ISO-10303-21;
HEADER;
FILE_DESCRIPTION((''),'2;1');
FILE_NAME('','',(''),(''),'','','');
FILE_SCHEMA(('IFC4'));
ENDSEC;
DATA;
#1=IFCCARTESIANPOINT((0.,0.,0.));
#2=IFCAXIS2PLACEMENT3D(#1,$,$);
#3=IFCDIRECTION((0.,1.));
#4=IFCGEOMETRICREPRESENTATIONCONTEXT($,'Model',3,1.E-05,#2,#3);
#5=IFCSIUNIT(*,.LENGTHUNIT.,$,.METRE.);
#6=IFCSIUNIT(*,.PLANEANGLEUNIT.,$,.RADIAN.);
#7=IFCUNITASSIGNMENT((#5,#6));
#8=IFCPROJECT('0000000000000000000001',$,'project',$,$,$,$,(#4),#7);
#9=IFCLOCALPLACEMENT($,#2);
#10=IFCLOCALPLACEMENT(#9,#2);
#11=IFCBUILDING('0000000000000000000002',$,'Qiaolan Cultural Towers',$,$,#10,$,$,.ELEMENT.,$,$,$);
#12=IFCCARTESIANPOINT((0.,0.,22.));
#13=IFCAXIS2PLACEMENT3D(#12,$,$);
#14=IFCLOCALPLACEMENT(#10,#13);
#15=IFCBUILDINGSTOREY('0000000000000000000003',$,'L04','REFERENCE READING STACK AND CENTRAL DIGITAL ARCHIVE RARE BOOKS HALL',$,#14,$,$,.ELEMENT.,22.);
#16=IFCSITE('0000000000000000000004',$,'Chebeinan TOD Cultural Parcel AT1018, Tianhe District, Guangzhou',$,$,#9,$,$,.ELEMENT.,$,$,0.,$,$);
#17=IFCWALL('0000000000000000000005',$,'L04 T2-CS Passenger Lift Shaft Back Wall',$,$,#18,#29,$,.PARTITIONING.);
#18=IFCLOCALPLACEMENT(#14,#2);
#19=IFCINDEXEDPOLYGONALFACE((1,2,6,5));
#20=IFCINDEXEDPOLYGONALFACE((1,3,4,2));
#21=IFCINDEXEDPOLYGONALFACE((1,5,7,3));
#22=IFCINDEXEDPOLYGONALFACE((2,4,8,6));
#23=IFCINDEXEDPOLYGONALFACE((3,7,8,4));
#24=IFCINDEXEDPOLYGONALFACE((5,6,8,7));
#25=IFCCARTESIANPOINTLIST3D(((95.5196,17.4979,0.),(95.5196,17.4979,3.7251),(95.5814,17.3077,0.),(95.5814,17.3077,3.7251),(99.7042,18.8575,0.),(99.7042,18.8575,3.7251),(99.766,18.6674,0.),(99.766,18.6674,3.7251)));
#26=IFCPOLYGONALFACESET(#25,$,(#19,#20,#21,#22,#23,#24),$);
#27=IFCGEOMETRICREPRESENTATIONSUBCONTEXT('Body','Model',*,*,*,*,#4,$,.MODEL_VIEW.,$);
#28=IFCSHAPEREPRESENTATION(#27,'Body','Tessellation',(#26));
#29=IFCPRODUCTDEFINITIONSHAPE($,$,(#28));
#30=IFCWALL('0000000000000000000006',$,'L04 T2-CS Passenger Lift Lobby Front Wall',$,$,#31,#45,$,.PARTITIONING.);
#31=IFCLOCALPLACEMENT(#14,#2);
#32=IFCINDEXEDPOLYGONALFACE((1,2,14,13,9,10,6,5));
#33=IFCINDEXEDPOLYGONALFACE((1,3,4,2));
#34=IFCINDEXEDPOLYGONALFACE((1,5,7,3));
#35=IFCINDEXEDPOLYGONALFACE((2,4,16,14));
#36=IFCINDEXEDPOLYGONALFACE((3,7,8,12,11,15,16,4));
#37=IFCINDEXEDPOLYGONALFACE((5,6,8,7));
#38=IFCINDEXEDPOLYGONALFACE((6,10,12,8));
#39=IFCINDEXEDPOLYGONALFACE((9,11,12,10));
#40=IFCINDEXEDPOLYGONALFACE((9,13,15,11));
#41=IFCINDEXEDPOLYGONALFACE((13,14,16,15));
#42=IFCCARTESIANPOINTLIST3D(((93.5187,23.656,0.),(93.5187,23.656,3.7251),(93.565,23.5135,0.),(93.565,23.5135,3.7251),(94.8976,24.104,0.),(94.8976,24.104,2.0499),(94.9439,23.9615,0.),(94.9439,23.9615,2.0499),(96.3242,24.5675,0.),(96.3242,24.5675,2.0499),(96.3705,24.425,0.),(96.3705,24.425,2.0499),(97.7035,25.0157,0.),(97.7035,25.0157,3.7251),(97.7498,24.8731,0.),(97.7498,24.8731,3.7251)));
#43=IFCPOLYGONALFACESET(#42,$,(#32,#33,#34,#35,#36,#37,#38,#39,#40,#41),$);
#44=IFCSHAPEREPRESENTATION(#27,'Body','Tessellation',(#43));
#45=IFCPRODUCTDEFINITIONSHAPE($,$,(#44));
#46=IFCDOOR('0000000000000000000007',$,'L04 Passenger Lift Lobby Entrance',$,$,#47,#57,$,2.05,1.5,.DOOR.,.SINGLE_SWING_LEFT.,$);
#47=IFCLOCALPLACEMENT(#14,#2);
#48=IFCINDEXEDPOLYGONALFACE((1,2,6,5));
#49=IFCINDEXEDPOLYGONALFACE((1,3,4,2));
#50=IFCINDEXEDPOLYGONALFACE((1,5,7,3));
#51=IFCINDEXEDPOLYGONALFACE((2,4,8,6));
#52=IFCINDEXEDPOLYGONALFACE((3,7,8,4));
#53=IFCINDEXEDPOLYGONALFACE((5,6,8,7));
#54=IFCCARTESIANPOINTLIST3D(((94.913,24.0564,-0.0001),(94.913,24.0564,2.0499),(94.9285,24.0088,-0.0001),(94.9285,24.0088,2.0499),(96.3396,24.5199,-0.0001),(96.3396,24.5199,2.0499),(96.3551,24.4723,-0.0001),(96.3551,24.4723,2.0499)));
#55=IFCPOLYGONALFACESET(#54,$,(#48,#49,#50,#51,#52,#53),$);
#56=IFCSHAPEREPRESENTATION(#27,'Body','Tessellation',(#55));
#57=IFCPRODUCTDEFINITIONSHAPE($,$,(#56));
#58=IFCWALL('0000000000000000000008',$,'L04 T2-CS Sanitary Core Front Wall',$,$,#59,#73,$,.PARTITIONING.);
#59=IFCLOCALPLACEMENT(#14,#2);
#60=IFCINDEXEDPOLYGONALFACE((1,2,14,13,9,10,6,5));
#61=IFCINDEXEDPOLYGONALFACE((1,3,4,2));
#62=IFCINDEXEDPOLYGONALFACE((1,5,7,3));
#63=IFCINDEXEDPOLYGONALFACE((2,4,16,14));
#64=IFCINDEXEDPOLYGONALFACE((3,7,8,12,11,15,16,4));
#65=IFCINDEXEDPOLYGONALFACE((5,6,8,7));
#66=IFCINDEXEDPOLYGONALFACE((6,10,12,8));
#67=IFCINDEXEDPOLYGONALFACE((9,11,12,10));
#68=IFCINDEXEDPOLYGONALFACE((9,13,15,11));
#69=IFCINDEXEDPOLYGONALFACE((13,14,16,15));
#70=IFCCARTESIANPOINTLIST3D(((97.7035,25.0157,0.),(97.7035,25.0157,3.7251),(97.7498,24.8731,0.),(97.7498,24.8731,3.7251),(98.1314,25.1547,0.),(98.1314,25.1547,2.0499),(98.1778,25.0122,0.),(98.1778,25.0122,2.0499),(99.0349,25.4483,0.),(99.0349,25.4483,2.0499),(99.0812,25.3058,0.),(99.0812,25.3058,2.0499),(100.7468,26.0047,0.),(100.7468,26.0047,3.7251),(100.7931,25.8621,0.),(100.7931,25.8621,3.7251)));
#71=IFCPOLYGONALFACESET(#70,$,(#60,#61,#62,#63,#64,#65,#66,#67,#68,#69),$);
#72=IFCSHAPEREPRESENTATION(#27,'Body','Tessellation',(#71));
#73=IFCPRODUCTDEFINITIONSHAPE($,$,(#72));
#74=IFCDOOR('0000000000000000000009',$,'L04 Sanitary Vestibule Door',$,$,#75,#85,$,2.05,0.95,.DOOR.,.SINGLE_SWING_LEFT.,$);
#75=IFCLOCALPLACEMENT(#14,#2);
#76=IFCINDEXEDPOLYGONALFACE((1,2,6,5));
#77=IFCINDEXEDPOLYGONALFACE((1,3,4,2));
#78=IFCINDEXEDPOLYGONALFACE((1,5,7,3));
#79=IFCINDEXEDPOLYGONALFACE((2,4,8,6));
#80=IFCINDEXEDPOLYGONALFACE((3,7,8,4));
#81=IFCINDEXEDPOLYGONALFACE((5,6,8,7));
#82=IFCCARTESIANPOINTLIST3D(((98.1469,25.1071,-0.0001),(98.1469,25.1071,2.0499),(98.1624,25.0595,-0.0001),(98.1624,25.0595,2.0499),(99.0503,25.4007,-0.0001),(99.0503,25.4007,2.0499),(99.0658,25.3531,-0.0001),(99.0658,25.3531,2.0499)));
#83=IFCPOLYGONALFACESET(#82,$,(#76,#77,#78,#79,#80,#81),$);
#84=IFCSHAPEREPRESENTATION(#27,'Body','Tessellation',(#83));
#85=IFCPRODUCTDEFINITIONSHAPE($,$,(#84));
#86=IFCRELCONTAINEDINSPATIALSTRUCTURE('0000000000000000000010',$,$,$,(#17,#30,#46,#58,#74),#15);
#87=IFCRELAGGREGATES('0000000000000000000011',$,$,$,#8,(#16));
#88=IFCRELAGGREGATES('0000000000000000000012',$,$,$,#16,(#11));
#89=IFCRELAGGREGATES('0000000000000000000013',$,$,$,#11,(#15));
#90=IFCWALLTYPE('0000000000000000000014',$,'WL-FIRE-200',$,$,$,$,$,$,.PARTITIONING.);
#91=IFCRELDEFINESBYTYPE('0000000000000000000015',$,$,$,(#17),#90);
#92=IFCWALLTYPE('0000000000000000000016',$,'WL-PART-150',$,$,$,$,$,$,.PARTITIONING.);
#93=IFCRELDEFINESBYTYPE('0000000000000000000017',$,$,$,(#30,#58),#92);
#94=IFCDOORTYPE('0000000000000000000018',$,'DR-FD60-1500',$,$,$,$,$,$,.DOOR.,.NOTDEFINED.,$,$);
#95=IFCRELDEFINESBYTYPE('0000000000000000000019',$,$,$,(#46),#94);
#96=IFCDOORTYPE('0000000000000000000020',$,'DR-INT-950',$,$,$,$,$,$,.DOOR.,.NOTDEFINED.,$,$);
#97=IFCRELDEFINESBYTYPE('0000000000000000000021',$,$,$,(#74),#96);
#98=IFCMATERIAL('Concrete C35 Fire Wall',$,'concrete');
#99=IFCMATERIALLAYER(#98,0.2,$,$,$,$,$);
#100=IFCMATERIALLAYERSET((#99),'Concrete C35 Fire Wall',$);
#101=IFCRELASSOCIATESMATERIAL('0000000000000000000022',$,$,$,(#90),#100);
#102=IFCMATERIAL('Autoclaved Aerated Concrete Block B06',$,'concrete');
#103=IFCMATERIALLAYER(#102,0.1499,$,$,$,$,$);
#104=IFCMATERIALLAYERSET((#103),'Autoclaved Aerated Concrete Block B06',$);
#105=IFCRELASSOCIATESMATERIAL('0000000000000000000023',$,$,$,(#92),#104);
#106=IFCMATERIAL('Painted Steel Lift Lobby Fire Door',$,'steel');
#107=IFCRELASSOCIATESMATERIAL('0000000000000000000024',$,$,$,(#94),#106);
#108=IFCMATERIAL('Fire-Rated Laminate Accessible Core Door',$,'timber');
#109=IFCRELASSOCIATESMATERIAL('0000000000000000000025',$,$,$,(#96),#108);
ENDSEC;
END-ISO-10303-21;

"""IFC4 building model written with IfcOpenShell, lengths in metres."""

from ifc_helpers import new_model, si_unit, direction, frame, frame_2d, origin, place, context, subcontext, project, spatial, rectangle, extrude, material, layer, layer_set, type_object, element, fill, save


model = new_model("IFC4")

# Units and contexts
model_context = context("Model", 3, precision=1e-05, world=origin(), true_north=direction((0.0, 1.0)))
body_context = subcontext(model_context, "Body", "Model", "MODEL_VIEW")
ifc_project = project(units=[si_unit("LENGTHUNIT", "METRE"), si_unit("PLANEANGLEUNIT", "RADIAN")], contexts=[model_context])

# Site, building, storey
site_placement = place(None, origin())
site = spatial("IfcSite", under=ifc_project, at=site_placement, Name="Chebeinan TOD Cultural Parcel AT1018, Tianhe District, Guangzhou", CompositionType="ELEMENT", RefElevation=0.0)
building_placement = place(site_placement, origin())
building = spatial("IfcBuilding", under=site, at=building_placement, Name="Qiaolan Cultural Towers", CompositionType="ELEMENT")
storey_placement = place(building_placement, frame((0.0, 0.0, 22.0)))
storey = spatial("IfcBuildingStorey", under=building, at=storey_placement, Name="L04", Description="REFERENCE READING STACK AND CENTRAL DIGITAL ARCHIVE RARE BOOKS HALL", CompositionType="ELEMENT", Elevation=22.0)

# Shared definitions
ifc_material_1 = material(Name="Concrete C35 Fire Wall", Category="concrete")
ifc_layer_1 = layer(ifc_material_1, 0.2)
ifc_layer_set_1 = layer_set([ifc_layer_1], Name="Concrete C35 Fire Wall")
wall_type_1 = type_object("IfcWallType", Name="WL-FIRE-200", PredefinedType="PARTITIONING", material=ifc_layer_set_1)

# Wall
wall_1_placement = place(storey_placement, frame((95.5505, 17.4028, 0.0), z_axis=(0.0, 0.0, 1.0), x_axis=(0.951059, 0.309011, 0.0)))
element("IfcWall", 1, at=wall_1_placement, inside=storey, type_object=wall_type_1, Name="L04 T2-CS Passenger Lift Shaft Back Wall", PredefinedType="PARTITIONING", context=body_context, shape_type="SweptSolid", body=[
    extrude(rectangle(XDim=4.3999, YDim=0.2, at=frame_2d((2.2, 0.0))), origin(), (0.0, 0.0, 1.0), 3.7251),
])

# Walls, openings, doors
ifc_material_2 = material(Name="Autoclaved Aerated Concrete Block B06", Category="concrete")
ifc_layer_2 = layer(ifc_material_2, 0.1499)
ifc_layer_set_2 = layer_set([ifc_layer_2], Name="Autoclaved Aerated Concrete Block B06")
wall_type_2 = type_object("IfcWallType", Name="WL-PART-150", PredefinedType="PARTITIONING", material=ifc_layer_set_2)
wall_2_placement = place(storey_placement, frame((93.5417, 23.5847, 0.0), z_axis=(0.0, 0.0, 1.0), x_axis=(0.951064, 0.308994, 0.0)))
wall_2 = element("IfcWall", 2, at=wall_2_placement, inside=storey, type_object=wall_type_2, Name="L04 T2-CS Passenger Lift Lobby Front Wall", PredefinedType="PARTITIONING", context=body_context, shape_type="SweptSolid", body=[
    extrude(rectangle(XDim=4.4001, YDim=0.1499, at=frame_2d((2.2002, 0.0))), origin(), (0.0, 0.0, 1.0), 3.7251),
])
opening_1_placement = place(wall_2_placement, frame((1.45, 0.0, 0.0)))
opening_1 = element("IfcOpeningElement", 3, at=opening_1_placement, cuts=wall_2, PredefinedType="OPENING", context=body_context, shape_type="SweptSolid", body=[
    extrude(rectangle(XDim=1.5, YDim=2.05, at=frame_2d((0.75, 1.0249))), frame((0.0, 0.085, 0.0), z_axis=(0.0, -1.0, 0.0), x_axis=(1.0, 0.0, 0.0)), (0.0, 0.0, 1.0), 0.1699),
])
ifc_material_3 = material(Name="Painted Steel Lift Lobby Fire Door", Category="steel")
door_type_1 = type_object("IfcDoorType", Name="DR-FD60-1500", OperationType="NOTDEFINED", PredefinedType="DOOR", material=ifc_material_3)
door_1_placement = place(opening_1_placement, origin())
door_1 = element("IfcDoor", 4, at=door_1_placement, inside=storey, type_object=door_type_1, Name="L04 Passenger Lift Lobby Entrance", OperationType="SINGLE_SWING_LEFT", OverallHeight=2.05, OverallWidth=1.5, PredefinedType="DOOR", context=body_context, shape_type="SweptSolid", body=[
    extrude(rectangle(XDim=1.5, YDim=2.05, at=frame_2d((0.75, 1.0249))), frame((0.0, 0.0249, 0.0), z_axis=(0.0, -1.0, 0.0), x_axis=(1.0, 0.0, 0.0)), (0.0, 0.0, 1.0), 0.05),
])
fill(opening_1, door_1)
wall_3_placement = place(storey_placement, frame((97.7266, 24.9443, 0.0), z_axis=(0.0, 0.0, 1.0), x_axis=(0.951037, 0.309077, 0.0)))
wall_3 = element("IfcWall", 5, at=wall_3_placement, inside=storey, type_object=wall_type_2, Name="L04 T2-CS Sanitary Core Front Wall", PredefinedType="PARTITIONING", context=body_context, shape_type="SweptSolid", body=[
    extrude(rectangle(XDim=3.2, YDim=0.1499, at=frame_2d((1.6001, 0.0))), origin(), (0.0, 0.0, 1.0), 3.7251),
])
opening_2_placement = place(wall_3_placement, frame((0.45, 0.0, 0.0)))
opening_2 = element("IfcOpeningElement", 6, at=opening_2_placement, cuts=wall_3, PredefinedType="OPENING", context=body_context, shape_type="SweptSolid", body=[
    extrude(rectangle(XDim=0.95, YDim=2.05, at=frame_2d((0.4751, 1.0249))), frame((0.0, 0.085, 0.0), z_axis=(0.0, -1.0, 0.0), x_axis=(1.0, 0.0, 0.0)), (0.0, 0.0, 1.0), 0.1699),
])
ifc_material_4 = material(Name="Fire-Rated Laminate Accessible Core Door", Category="timber")
door_type_2 = type_object("IfcDoorType", Name="DR-INT-950", OperationType="NOTDEFINED", PredefinedType="DOOR", material=ifc_material_4)
door_2_placement = place(opening_2_placement, origin())
door_2 = element("IfcDoor", 7, at=door_2_placement, inside=storey, type_object=door_type_2, Name="L04 Sanitary Vestibule Door", OperationType="SINGLE_SWING_LEFT", OverallHeight=2.05, OverallWidth=0.95, PredefinedType="DOOR", context=body_context, shape_type="SweptSolid", body=[
    extrude(rectangle(XDim=0.95, YDim=2.05, at=frame_2d((0.4751, 1.0249))), frame((0.0, 0.0249, 0.0), z_axis=(0.0, -1.0, 0.0), x_axis=(1.0, 0.0, 0.0)), (0.0, 0.0, 1.0), 0.05),
])
fill(opening_2, door_2)

save(model, "model.ifc")
